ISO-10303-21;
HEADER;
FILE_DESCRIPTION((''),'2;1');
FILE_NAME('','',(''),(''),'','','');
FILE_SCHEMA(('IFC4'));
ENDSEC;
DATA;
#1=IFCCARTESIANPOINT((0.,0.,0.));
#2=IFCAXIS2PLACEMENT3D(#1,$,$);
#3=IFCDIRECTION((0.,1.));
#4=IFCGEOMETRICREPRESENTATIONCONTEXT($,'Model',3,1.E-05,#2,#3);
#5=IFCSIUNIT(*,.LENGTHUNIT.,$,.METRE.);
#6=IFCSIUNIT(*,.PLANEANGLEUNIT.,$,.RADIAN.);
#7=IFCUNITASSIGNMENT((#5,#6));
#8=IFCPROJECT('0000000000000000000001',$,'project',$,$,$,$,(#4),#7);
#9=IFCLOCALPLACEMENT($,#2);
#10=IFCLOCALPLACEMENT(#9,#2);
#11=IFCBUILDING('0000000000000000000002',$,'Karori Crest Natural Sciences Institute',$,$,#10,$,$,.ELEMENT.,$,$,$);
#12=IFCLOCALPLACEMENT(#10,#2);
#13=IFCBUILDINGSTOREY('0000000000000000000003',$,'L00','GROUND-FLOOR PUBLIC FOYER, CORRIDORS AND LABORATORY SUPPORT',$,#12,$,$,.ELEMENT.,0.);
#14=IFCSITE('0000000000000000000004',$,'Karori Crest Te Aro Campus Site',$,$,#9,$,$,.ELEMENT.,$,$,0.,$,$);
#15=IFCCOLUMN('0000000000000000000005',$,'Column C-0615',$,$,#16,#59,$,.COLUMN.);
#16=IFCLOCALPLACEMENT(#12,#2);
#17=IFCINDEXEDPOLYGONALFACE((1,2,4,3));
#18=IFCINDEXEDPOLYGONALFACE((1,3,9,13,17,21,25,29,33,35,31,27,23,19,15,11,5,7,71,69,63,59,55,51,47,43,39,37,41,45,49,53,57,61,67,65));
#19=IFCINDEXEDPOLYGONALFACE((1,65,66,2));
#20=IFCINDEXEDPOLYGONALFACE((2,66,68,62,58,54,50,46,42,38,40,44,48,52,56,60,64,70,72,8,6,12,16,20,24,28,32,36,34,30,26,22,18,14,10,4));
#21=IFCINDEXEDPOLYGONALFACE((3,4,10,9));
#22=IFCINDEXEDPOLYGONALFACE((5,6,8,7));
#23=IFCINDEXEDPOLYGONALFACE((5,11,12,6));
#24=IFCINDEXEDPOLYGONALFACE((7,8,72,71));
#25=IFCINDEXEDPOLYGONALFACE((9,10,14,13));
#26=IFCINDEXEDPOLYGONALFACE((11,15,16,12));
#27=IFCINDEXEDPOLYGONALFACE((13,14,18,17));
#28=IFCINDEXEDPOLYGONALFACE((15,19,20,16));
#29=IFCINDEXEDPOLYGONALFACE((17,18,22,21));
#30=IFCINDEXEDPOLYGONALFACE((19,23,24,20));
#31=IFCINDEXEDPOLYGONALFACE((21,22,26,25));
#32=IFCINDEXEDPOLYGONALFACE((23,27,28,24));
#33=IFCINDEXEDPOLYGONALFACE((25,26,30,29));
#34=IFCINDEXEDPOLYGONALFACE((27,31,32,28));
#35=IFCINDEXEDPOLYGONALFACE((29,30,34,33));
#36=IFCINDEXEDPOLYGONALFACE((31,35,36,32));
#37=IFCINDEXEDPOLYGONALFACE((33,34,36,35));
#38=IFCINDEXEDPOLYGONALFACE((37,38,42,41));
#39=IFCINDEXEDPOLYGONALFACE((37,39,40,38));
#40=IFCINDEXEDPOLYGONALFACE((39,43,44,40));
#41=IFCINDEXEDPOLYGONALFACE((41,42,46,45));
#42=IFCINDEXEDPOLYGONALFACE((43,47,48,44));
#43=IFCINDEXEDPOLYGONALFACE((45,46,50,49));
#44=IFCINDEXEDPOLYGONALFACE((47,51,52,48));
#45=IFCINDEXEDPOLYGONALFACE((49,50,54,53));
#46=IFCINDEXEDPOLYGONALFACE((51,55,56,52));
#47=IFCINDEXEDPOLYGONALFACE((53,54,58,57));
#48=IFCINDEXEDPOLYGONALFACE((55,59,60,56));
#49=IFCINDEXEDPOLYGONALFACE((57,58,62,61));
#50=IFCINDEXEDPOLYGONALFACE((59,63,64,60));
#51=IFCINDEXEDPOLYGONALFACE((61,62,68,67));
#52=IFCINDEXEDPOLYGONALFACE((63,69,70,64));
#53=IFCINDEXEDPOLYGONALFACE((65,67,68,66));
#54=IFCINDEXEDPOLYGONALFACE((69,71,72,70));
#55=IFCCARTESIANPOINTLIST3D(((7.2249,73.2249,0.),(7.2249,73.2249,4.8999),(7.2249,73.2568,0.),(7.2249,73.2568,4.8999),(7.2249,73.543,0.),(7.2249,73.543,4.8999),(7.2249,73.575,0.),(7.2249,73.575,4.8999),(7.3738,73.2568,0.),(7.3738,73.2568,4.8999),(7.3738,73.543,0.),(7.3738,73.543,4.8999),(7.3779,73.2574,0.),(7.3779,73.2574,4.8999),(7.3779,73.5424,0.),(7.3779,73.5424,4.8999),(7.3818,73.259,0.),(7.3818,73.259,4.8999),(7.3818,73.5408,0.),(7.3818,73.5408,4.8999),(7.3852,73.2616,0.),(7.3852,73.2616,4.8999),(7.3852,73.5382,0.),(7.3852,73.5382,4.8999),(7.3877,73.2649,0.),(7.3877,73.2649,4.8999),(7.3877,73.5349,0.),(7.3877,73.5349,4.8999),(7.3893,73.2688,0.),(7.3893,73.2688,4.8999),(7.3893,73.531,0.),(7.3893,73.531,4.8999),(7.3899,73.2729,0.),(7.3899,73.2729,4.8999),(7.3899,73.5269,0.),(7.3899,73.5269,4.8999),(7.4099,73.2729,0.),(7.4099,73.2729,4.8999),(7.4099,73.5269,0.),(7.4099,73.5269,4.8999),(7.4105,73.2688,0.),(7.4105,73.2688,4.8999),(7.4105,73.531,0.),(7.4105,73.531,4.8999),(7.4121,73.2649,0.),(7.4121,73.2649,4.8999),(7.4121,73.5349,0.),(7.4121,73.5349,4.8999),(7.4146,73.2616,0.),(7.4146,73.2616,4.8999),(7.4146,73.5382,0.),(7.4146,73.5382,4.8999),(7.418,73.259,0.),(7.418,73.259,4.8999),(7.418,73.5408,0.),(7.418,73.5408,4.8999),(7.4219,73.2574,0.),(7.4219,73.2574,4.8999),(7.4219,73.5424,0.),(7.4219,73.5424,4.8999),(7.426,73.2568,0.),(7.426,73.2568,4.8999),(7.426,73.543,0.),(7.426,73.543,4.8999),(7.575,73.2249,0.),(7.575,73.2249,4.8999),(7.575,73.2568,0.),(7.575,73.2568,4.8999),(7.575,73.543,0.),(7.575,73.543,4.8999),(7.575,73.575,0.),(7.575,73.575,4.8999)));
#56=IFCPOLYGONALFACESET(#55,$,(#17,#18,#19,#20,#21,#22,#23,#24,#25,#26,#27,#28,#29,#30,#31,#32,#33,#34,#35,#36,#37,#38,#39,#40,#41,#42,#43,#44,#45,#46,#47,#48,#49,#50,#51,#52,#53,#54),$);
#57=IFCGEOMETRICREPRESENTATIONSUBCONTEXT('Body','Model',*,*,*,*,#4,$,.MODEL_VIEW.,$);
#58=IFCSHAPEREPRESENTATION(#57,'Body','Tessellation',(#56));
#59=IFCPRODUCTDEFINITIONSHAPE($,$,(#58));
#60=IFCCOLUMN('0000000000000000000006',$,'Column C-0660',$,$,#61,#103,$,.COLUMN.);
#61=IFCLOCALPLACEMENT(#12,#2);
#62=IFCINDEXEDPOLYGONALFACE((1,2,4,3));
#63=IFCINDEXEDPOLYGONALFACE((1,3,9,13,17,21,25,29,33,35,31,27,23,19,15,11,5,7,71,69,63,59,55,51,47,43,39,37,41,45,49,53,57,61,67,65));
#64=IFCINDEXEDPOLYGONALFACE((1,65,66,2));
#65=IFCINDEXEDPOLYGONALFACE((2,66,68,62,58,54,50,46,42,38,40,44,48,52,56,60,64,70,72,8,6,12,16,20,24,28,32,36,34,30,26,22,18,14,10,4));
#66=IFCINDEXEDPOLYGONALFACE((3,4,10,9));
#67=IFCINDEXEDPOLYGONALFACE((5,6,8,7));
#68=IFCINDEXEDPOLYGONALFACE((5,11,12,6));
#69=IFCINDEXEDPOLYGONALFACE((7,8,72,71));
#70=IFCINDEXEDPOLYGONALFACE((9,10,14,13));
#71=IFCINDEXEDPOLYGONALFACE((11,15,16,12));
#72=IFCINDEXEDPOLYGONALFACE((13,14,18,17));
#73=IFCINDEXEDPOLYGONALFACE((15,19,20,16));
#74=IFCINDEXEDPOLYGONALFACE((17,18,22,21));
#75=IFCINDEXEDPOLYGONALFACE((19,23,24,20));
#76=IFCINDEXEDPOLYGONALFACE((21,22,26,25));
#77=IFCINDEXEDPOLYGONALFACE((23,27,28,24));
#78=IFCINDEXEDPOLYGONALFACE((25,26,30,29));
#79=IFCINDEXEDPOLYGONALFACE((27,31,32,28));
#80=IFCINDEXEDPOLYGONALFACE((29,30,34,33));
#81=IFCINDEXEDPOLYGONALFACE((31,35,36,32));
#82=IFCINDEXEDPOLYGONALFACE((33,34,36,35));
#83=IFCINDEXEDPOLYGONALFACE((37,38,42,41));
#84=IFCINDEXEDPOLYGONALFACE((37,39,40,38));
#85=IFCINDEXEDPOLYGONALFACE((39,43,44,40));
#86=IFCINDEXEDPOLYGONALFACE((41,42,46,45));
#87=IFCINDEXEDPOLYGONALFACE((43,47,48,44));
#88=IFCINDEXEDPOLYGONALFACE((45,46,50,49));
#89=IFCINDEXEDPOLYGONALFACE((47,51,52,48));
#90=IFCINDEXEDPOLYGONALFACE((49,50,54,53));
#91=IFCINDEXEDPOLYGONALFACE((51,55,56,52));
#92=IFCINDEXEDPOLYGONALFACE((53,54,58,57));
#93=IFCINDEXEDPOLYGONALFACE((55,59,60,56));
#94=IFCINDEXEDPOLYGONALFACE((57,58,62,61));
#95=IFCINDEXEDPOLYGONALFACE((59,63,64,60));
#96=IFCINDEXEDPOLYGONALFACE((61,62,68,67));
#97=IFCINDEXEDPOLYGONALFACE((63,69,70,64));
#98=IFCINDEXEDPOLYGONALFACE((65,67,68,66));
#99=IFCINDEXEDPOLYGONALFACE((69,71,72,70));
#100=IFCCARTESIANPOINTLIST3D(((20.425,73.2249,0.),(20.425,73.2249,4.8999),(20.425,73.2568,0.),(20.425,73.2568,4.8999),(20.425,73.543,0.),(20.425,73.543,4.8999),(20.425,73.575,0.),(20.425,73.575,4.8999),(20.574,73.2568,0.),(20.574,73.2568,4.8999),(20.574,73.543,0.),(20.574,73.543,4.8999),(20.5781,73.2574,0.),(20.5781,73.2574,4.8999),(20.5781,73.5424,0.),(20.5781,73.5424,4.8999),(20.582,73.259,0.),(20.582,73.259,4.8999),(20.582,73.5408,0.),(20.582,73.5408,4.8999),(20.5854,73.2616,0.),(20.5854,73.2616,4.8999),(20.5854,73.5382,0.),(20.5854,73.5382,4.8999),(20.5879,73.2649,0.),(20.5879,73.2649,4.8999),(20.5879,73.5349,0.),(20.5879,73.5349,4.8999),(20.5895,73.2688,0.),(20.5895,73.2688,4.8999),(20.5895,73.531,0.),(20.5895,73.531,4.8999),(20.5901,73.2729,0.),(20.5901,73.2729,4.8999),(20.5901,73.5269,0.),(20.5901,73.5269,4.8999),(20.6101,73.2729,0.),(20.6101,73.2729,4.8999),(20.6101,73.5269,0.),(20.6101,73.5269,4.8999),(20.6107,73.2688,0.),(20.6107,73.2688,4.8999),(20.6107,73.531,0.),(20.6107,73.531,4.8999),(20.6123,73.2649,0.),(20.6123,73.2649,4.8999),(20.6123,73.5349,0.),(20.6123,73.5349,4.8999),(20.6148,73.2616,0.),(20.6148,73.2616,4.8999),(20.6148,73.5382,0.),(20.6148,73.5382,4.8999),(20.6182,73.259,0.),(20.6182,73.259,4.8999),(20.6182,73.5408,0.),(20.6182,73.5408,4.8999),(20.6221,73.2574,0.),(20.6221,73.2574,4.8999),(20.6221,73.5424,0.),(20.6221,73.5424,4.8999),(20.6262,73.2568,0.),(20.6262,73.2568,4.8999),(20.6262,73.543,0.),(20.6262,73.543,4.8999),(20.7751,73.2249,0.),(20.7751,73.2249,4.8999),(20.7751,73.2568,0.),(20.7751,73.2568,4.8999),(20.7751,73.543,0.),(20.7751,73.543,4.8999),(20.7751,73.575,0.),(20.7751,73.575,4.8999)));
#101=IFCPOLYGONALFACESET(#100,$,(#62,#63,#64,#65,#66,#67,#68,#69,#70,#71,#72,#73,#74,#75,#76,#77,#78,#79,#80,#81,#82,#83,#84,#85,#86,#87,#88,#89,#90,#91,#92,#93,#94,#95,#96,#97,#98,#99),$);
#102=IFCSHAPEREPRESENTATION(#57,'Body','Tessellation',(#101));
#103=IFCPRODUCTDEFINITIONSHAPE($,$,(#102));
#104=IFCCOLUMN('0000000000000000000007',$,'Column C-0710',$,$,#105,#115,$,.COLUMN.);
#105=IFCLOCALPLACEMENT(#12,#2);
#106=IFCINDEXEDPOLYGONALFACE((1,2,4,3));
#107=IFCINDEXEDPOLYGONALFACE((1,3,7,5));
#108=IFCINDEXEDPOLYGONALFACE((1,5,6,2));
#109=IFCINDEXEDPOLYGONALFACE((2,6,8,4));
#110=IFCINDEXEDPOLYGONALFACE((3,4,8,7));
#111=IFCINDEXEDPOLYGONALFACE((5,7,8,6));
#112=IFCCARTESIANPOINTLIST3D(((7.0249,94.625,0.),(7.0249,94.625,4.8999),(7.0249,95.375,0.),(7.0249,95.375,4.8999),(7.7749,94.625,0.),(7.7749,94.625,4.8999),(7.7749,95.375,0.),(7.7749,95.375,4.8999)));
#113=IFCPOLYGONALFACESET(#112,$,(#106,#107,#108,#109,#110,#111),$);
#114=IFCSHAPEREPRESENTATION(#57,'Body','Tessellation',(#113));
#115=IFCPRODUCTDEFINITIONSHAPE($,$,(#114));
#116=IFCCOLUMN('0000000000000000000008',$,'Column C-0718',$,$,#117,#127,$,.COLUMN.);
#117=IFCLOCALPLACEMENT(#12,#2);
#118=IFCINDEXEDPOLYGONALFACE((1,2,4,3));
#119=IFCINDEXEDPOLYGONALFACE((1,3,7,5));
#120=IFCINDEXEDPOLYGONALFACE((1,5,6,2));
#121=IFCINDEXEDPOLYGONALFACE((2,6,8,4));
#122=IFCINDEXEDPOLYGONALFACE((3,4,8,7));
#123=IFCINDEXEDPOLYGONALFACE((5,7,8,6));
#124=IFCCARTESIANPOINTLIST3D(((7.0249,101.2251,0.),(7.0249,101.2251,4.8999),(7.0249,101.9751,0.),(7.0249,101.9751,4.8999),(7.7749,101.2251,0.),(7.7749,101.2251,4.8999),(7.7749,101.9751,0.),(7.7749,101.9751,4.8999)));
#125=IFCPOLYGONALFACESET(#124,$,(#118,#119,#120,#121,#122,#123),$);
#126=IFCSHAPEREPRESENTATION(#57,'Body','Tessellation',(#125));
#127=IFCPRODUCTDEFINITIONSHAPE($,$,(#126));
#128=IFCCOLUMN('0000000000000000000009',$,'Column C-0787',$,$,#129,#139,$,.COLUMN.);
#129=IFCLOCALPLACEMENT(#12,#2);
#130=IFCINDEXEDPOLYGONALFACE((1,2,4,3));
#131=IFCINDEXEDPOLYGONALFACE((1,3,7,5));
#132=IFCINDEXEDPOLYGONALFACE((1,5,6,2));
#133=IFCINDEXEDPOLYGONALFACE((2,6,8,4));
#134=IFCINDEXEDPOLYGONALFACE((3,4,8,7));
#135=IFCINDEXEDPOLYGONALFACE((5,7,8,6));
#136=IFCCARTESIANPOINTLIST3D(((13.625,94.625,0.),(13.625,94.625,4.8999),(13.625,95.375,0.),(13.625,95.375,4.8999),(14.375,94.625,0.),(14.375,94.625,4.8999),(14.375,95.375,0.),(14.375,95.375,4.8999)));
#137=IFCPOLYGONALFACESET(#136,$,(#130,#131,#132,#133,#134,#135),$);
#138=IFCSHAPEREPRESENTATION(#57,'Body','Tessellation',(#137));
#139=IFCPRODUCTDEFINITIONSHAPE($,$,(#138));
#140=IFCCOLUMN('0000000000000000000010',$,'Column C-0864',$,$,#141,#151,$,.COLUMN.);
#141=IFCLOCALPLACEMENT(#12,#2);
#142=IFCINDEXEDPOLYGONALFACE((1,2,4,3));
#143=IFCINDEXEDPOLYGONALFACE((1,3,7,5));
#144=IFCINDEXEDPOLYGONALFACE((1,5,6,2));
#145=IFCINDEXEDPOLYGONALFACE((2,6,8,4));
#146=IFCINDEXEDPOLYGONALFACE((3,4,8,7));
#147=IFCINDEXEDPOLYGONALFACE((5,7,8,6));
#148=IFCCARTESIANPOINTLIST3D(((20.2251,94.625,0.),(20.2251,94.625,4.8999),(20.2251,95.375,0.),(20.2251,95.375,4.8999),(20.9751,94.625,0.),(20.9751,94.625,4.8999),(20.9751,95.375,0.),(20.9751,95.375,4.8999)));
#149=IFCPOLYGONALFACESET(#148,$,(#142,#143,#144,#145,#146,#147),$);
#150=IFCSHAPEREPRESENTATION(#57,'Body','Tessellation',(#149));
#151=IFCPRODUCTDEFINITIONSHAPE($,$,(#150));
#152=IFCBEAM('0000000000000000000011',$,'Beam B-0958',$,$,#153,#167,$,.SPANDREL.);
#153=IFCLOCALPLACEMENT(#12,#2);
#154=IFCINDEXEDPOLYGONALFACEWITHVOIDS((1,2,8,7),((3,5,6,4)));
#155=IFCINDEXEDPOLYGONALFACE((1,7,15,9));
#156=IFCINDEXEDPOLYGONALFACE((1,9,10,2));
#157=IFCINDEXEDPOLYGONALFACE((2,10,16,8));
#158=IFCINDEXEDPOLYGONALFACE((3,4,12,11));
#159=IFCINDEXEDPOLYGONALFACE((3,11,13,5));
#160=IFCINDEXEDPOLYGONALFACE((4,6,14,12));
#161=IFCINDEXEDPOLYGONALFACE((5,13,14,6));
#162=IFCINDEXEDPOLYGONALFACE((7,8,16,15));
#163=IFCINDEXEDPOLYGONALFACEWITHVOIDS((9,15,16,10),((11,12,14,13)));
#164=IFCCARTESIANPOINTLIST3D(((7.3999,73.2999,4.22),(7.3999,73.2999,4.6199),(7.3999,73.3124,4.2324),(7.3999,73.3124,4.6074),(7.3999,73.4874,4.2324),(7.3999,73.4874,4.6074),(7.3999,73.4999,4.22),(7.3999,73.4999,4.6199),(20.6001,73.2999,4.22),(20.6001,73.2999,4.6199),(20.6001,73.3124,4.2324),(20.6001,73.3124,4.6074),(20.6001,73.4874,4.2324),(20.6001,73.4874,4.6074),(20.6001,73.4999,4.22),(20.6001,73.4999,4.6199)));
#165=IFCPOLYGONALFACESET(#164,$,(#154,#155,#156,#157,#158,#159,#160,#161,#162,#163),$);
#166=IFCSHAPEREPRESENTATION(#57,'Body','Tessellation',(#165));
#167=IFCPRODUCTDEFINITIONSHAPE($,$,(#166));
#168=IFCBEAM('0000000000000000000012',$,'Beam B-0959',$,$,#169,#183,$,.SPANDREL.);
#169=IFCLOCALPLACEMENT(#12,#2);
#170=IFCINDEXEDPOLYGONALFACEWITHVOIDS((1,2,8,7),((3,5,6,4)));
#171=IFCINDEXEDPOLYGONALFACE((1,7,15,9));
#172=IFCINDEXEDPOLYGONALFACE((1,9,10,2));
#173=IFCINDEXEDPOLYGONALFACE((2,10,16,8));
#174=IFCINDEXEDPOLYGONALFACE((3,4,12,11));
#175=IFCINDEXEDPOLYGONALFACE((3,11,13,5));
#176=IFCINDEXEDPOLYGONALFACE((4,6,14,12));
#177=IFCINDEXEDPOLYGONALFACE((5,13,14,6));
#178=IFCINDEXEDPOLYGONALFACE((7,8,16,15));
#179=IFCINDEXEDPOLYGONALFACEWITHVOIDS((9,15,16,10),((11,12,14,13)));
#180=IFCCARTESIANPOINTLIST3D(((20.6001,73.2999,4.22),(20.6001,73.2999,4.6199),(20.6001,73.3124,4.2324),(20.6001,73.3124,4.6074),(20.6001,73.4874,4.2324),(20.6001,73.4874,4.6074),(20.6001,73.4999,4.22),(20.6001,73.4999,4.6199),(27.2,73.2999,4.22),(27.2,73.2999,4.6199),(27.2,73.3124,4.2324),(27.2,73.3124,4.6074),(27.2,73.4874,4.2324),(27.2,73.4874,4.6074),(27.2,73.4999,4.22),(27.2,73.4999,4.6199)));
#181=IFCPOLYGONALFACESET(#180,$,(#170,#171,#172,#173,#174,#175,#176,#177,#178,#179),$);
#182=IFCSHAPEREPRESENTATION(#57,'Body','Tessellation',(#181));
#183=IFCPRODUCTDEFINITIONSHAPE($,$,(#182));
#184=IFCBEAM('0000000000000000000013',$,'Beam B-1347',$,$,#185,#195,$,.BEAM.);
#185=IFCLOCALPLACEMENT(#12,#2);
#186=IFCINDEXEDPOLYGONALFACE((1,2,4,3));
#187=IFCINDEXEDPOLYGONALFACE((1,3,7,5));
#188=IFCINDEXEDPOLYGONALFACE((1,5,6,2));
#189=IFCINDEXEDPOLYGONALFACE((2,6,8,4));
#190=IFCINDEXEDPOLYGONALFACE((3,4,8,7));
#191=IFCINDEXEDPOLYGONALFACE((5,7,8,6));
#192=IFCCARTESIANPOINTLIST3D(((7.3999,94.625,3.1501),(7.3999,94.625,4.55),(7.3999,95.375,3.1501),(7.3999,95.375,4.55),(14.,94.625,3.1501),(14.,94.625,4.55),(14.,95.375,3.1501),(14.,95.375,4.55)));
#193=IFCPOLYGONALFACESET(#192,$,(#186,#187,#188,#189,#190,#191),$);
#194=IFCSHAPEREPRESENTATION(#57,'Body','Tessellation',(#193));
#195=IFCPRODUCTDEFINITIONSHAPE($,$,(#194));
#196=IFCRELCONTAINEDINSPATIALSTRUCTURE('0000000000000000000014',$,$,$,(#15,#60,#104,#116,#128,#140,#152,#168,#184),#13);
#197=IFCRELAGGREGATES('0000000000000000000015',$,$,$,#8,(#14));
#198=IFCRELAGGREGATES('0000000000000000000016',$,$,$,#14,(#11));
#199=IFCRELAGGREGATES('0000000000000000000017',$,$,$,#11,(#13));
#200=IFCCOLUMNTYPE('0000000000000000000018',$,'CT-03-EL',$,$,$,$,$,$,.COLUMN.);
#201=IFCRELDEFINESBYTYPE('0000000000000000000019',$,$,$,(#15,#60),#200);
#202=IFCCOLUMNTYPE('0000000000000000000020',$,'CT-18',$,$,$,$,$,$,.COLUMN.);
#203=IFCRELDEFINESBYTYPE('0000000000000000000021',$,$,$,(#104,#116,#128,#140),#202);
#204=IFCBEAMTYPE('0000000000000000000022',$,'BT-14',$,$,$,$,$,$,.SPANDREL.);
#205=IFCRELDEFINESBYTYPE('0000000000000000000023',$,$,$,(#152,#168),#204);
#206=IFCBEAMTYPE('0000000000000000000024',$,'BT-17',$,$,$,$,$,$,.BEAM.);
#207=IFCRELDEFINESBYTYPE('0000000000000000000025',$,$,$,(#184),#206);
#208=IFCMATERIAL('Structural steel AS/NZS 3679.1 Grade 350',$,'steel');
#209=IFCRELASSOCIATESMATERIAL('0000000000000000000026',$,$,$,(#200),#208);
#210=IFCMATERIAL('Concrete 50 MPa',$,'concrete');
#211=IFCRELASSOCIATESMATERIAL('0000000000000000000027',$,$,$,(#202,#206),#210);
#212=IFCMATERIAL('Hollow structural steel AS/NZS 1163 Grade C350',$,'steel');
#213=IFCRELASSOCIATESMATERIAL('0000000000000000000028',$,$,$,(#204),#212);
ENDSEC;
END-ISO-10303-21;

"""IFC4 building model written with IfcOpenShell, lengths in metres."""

from ifc_helpers import new_model, si_unit, direction, frame, origin, origin_2d, place, context, subcontext, project, spatial, rectangle, hollow_rectangle, i_section, extrude, material, material_profile, profile_set, type_object, element, save


model = new_model("IFC4")

# Units and contexts
model_context = context("Model", 3, precision=1e-05, world=origin(), true_north=direction((0.0, 1.0)))
body_context = subcontext(model_context, "Body", "Model", "MODEL_VIEW")
ifc_project = project(units=[si_unit("LENGTHUNIT", "METRE"), si_unit("PLANEANGLEUNIT", "RADIAN")], contexts=[model_context])

# Site, building, storey
site_placement = place(None, origin())
site = spatial("IfcSite", under=ifc_project, at=site_placement, Name="Karori Crest Te Aro Campus Site", CompositionType="ELEMENT", RefElevation=0.0)
building_placement = place(site_placement, origin())
building = spatial("IfcBuilding", under=site, at=building_placement, Name="Karori Crest Natural Sciences Institute", CompositionType="ELEMENT")
storey_placement = place(building_placement, origin())
storey = spatial("IfcBuildingStorey", under=building, at=storey_placement, Name="L00", Description="GROUND-FLOOR PUBLIC FOYER, CORRIDORS AND LABORATORY SUPPORT", CompositionType="ELEMENT", Elevation=0.0)

# Columns
ifc_material_1 = material(Name="Structural steel AS/NZS 3679.1 Grade 350", Category="steel")
ifc_material_profile_1 = material_profile(ifc_material_1, i_section(OverallWidth=0.3501, OverallDepth=0.3501, WebThickness=0.02, FlangeThickness=0.032, FilletRadius=0.0161, at=origin_2d()), Name="350WC280")
ifc_profile_set_1 = profile_set([ifc_material_profile_1], Name="Structural steel AS/NZS 3679.1 Grade 350")
column_type_1 = type_object("IfcColumnType", Name="CT-03-EL", PredefinedType="COLUMN", material=ifc_profile_set_1)
for number, where, z_axis, x_axis, name in (
    (1, (7.3999, 73.3999, 0.0), (0.0, 0.0, 1.0), (1.0, 0.0, 0.0), "Column C-0615"),
    (2, (20.6001, 73.3999, 0.0), (0.0, 0.0, 1.0), (1.0, 0.0, 0.0), "Column C-0660"),
):
    element("IfcColumn", number, at=place(storey_placement, frame(where, z_axis=z_axis, x_axis=x_axis)), inside=storey, type_object=column_type_1, Name=name, PredefinedType="COLUMN", context=body_context, shape_type="SweptSolid", body=[
        extrude(i_section(OverallWidth=0.3501, OverallDepth=0.3501, WebThickness=0.02, FlangeThickness=0.032, FilletRadius=0.0161, at=origin_2d()), origin(), (0.0, 0.0, 1.0), 4.8999),
    ])
ifc_material_2 = material(Name="Concrete 50 MPa", Category="concrete")
ifc_material_profile_2 = material_profile(ifc_material_2, rectangle(XDim=0.75, YDim=0.75, at=origin_2d()), Name="RC750x750")
ifc_profile_set_2 = profile_set([ifc_material_profile_2], Name="Concrete 50 MPa")
column_type_2 = type_object("IfcColumnType", Name="CT-18", PredefinedType="COLUMN", material=ifc_profile_set_2)
for number, where, z_axis, x_axis, name in (
    (3, (7.3999, 95.0, 0.0), (0.0, 0.0, 1.0), (1.0, 0.0, 0.0), "Column C-0710"),
    (4, (7.3999, 101.6001, 0.0), (0.0, 0.0, 1.0), (1.0, 0.0, 0.0), "Column C-0718"),
    (5, (14.0, 95.0, 0.0), (0.0, 0.0, 1.0), (1.0, 0.0, 0.0), "Column C-0787"),
    (6, (20.6001, 95.0, 0.0), (0.0, 0.0, 1.0), (1.0, 0.0, 0.0), "Column C-0864"),
):
    element("IfcColumn", number, at=place(storey_placement, frame(where, z_axis=z_axis, x_axis=x_axis)), inside=storey, type_object=column_type_2, Name=name, PredefinedType="COLUMN", context=body_context, shape_type="SweptSolid", body=[
        extrude(rectangle(XDim=0.75, YDim=0.75, at=origin_2d()), origin(), (0.0, 0.0, 1.0), 4.8999),
    ])

# Beams
ifc_material_3 = material(Name="Hollow structural steel AS/NZS 1163 Grade C350", Category="steel")
ifc_material_profile_3 = material_profile(ifc_material_3, hollow_rectangle(XDim=0.2, YDim=0.3999, WallThickness=0.0125, at=origin_2d()), Name="RHS400x200x12.5")
ifc_profile_set_3 = profile_set([ifc_material_profile_3], Name="Hollow structural steel AS/NZS 1163 Grade C350")
beam_type_1 = type_object("IfcBeamType", Name="BT-14", PredefinedType="SPANDREL", material=ifc_profile_set_3)
beam_1_placement = place(storey_placement, frame((7.3999, 73.3999, 4.4199), z_axis=(1.0, 0.0, 0.0), x_axis=(0.0, 1.0, 0.0)))
element("IfcBeam", 7, at=beam_1_placement, inside=storey, type_object=beam_type_1, Name="Beam B-0958", PredefinedType="SPANDREL", context=body_context, shape_type="SweptSolid", body=[
    extrude(hollow_rectangle(XDim=0.2, YDim=0.3999, WallThickness=0.0125, at=origin_2d()), origin(), (0.0, 0.0, 1.0), 13.2002),
])
beam_2_placement = place(storey_placement, frame((20.6001, 73.3999, 4.4199), z_axis=(1.0, 0.0, 0.0), x_axis=(0.0, 1.0, 0.0)))
element("IfcBeam", 8, at=beam_2_placement, inside=storey, type_object=beam_type_1, Name="Beam B-0959", PredefinedType="SPANDREL", context=body_context, shape_type="SweptSolid", body=[
    extrude(hollow_rectangle(XDim=0.2, YDim=0.3999, WallThickness=0.0125, at=origin_2d()), origin(), (0.0, 0.0, 1.0), 6.5999),
])
ifc_material_profile_4 = material_profile(ifc_material_2, rectangle(XDim=0.75, YDim=1.3999, at=origin_2d()), Name="RCB750x1400")
ifc_profile_set_4 = profile_set([ifc_material_profile_4], Name="Concrete 50 MPa")
beam_type_2 = type_object("IfcBeamType", Name="BT-17", PredefinedType="BEAM", material=ifc_profile_set_4)
for number, where, z_axis, x_axis, name in (
    (9, (7.3999, 95.0, 3.8501), (1.0, 0.0, 0.0), (0.0, 1.0, 0.0), "Beam B-1347"),
):
    element("IfcBeam", number, at=place(storey_placement, frame(where, z_axis=z_axis, x_axis=x_axis)), inside=storey, type_object=beam_type_2, Name=name, PredefinedType="BEAM", context=body_context, shape_type="SweptSolid", body=[
        extrude(rectangle(XDim=0.75, YDim=1.3999, at=origin_2d()), origin(), (0.0, 0.0, 1.0), 6.6001),
    ])

save(model, "model.ifc")
